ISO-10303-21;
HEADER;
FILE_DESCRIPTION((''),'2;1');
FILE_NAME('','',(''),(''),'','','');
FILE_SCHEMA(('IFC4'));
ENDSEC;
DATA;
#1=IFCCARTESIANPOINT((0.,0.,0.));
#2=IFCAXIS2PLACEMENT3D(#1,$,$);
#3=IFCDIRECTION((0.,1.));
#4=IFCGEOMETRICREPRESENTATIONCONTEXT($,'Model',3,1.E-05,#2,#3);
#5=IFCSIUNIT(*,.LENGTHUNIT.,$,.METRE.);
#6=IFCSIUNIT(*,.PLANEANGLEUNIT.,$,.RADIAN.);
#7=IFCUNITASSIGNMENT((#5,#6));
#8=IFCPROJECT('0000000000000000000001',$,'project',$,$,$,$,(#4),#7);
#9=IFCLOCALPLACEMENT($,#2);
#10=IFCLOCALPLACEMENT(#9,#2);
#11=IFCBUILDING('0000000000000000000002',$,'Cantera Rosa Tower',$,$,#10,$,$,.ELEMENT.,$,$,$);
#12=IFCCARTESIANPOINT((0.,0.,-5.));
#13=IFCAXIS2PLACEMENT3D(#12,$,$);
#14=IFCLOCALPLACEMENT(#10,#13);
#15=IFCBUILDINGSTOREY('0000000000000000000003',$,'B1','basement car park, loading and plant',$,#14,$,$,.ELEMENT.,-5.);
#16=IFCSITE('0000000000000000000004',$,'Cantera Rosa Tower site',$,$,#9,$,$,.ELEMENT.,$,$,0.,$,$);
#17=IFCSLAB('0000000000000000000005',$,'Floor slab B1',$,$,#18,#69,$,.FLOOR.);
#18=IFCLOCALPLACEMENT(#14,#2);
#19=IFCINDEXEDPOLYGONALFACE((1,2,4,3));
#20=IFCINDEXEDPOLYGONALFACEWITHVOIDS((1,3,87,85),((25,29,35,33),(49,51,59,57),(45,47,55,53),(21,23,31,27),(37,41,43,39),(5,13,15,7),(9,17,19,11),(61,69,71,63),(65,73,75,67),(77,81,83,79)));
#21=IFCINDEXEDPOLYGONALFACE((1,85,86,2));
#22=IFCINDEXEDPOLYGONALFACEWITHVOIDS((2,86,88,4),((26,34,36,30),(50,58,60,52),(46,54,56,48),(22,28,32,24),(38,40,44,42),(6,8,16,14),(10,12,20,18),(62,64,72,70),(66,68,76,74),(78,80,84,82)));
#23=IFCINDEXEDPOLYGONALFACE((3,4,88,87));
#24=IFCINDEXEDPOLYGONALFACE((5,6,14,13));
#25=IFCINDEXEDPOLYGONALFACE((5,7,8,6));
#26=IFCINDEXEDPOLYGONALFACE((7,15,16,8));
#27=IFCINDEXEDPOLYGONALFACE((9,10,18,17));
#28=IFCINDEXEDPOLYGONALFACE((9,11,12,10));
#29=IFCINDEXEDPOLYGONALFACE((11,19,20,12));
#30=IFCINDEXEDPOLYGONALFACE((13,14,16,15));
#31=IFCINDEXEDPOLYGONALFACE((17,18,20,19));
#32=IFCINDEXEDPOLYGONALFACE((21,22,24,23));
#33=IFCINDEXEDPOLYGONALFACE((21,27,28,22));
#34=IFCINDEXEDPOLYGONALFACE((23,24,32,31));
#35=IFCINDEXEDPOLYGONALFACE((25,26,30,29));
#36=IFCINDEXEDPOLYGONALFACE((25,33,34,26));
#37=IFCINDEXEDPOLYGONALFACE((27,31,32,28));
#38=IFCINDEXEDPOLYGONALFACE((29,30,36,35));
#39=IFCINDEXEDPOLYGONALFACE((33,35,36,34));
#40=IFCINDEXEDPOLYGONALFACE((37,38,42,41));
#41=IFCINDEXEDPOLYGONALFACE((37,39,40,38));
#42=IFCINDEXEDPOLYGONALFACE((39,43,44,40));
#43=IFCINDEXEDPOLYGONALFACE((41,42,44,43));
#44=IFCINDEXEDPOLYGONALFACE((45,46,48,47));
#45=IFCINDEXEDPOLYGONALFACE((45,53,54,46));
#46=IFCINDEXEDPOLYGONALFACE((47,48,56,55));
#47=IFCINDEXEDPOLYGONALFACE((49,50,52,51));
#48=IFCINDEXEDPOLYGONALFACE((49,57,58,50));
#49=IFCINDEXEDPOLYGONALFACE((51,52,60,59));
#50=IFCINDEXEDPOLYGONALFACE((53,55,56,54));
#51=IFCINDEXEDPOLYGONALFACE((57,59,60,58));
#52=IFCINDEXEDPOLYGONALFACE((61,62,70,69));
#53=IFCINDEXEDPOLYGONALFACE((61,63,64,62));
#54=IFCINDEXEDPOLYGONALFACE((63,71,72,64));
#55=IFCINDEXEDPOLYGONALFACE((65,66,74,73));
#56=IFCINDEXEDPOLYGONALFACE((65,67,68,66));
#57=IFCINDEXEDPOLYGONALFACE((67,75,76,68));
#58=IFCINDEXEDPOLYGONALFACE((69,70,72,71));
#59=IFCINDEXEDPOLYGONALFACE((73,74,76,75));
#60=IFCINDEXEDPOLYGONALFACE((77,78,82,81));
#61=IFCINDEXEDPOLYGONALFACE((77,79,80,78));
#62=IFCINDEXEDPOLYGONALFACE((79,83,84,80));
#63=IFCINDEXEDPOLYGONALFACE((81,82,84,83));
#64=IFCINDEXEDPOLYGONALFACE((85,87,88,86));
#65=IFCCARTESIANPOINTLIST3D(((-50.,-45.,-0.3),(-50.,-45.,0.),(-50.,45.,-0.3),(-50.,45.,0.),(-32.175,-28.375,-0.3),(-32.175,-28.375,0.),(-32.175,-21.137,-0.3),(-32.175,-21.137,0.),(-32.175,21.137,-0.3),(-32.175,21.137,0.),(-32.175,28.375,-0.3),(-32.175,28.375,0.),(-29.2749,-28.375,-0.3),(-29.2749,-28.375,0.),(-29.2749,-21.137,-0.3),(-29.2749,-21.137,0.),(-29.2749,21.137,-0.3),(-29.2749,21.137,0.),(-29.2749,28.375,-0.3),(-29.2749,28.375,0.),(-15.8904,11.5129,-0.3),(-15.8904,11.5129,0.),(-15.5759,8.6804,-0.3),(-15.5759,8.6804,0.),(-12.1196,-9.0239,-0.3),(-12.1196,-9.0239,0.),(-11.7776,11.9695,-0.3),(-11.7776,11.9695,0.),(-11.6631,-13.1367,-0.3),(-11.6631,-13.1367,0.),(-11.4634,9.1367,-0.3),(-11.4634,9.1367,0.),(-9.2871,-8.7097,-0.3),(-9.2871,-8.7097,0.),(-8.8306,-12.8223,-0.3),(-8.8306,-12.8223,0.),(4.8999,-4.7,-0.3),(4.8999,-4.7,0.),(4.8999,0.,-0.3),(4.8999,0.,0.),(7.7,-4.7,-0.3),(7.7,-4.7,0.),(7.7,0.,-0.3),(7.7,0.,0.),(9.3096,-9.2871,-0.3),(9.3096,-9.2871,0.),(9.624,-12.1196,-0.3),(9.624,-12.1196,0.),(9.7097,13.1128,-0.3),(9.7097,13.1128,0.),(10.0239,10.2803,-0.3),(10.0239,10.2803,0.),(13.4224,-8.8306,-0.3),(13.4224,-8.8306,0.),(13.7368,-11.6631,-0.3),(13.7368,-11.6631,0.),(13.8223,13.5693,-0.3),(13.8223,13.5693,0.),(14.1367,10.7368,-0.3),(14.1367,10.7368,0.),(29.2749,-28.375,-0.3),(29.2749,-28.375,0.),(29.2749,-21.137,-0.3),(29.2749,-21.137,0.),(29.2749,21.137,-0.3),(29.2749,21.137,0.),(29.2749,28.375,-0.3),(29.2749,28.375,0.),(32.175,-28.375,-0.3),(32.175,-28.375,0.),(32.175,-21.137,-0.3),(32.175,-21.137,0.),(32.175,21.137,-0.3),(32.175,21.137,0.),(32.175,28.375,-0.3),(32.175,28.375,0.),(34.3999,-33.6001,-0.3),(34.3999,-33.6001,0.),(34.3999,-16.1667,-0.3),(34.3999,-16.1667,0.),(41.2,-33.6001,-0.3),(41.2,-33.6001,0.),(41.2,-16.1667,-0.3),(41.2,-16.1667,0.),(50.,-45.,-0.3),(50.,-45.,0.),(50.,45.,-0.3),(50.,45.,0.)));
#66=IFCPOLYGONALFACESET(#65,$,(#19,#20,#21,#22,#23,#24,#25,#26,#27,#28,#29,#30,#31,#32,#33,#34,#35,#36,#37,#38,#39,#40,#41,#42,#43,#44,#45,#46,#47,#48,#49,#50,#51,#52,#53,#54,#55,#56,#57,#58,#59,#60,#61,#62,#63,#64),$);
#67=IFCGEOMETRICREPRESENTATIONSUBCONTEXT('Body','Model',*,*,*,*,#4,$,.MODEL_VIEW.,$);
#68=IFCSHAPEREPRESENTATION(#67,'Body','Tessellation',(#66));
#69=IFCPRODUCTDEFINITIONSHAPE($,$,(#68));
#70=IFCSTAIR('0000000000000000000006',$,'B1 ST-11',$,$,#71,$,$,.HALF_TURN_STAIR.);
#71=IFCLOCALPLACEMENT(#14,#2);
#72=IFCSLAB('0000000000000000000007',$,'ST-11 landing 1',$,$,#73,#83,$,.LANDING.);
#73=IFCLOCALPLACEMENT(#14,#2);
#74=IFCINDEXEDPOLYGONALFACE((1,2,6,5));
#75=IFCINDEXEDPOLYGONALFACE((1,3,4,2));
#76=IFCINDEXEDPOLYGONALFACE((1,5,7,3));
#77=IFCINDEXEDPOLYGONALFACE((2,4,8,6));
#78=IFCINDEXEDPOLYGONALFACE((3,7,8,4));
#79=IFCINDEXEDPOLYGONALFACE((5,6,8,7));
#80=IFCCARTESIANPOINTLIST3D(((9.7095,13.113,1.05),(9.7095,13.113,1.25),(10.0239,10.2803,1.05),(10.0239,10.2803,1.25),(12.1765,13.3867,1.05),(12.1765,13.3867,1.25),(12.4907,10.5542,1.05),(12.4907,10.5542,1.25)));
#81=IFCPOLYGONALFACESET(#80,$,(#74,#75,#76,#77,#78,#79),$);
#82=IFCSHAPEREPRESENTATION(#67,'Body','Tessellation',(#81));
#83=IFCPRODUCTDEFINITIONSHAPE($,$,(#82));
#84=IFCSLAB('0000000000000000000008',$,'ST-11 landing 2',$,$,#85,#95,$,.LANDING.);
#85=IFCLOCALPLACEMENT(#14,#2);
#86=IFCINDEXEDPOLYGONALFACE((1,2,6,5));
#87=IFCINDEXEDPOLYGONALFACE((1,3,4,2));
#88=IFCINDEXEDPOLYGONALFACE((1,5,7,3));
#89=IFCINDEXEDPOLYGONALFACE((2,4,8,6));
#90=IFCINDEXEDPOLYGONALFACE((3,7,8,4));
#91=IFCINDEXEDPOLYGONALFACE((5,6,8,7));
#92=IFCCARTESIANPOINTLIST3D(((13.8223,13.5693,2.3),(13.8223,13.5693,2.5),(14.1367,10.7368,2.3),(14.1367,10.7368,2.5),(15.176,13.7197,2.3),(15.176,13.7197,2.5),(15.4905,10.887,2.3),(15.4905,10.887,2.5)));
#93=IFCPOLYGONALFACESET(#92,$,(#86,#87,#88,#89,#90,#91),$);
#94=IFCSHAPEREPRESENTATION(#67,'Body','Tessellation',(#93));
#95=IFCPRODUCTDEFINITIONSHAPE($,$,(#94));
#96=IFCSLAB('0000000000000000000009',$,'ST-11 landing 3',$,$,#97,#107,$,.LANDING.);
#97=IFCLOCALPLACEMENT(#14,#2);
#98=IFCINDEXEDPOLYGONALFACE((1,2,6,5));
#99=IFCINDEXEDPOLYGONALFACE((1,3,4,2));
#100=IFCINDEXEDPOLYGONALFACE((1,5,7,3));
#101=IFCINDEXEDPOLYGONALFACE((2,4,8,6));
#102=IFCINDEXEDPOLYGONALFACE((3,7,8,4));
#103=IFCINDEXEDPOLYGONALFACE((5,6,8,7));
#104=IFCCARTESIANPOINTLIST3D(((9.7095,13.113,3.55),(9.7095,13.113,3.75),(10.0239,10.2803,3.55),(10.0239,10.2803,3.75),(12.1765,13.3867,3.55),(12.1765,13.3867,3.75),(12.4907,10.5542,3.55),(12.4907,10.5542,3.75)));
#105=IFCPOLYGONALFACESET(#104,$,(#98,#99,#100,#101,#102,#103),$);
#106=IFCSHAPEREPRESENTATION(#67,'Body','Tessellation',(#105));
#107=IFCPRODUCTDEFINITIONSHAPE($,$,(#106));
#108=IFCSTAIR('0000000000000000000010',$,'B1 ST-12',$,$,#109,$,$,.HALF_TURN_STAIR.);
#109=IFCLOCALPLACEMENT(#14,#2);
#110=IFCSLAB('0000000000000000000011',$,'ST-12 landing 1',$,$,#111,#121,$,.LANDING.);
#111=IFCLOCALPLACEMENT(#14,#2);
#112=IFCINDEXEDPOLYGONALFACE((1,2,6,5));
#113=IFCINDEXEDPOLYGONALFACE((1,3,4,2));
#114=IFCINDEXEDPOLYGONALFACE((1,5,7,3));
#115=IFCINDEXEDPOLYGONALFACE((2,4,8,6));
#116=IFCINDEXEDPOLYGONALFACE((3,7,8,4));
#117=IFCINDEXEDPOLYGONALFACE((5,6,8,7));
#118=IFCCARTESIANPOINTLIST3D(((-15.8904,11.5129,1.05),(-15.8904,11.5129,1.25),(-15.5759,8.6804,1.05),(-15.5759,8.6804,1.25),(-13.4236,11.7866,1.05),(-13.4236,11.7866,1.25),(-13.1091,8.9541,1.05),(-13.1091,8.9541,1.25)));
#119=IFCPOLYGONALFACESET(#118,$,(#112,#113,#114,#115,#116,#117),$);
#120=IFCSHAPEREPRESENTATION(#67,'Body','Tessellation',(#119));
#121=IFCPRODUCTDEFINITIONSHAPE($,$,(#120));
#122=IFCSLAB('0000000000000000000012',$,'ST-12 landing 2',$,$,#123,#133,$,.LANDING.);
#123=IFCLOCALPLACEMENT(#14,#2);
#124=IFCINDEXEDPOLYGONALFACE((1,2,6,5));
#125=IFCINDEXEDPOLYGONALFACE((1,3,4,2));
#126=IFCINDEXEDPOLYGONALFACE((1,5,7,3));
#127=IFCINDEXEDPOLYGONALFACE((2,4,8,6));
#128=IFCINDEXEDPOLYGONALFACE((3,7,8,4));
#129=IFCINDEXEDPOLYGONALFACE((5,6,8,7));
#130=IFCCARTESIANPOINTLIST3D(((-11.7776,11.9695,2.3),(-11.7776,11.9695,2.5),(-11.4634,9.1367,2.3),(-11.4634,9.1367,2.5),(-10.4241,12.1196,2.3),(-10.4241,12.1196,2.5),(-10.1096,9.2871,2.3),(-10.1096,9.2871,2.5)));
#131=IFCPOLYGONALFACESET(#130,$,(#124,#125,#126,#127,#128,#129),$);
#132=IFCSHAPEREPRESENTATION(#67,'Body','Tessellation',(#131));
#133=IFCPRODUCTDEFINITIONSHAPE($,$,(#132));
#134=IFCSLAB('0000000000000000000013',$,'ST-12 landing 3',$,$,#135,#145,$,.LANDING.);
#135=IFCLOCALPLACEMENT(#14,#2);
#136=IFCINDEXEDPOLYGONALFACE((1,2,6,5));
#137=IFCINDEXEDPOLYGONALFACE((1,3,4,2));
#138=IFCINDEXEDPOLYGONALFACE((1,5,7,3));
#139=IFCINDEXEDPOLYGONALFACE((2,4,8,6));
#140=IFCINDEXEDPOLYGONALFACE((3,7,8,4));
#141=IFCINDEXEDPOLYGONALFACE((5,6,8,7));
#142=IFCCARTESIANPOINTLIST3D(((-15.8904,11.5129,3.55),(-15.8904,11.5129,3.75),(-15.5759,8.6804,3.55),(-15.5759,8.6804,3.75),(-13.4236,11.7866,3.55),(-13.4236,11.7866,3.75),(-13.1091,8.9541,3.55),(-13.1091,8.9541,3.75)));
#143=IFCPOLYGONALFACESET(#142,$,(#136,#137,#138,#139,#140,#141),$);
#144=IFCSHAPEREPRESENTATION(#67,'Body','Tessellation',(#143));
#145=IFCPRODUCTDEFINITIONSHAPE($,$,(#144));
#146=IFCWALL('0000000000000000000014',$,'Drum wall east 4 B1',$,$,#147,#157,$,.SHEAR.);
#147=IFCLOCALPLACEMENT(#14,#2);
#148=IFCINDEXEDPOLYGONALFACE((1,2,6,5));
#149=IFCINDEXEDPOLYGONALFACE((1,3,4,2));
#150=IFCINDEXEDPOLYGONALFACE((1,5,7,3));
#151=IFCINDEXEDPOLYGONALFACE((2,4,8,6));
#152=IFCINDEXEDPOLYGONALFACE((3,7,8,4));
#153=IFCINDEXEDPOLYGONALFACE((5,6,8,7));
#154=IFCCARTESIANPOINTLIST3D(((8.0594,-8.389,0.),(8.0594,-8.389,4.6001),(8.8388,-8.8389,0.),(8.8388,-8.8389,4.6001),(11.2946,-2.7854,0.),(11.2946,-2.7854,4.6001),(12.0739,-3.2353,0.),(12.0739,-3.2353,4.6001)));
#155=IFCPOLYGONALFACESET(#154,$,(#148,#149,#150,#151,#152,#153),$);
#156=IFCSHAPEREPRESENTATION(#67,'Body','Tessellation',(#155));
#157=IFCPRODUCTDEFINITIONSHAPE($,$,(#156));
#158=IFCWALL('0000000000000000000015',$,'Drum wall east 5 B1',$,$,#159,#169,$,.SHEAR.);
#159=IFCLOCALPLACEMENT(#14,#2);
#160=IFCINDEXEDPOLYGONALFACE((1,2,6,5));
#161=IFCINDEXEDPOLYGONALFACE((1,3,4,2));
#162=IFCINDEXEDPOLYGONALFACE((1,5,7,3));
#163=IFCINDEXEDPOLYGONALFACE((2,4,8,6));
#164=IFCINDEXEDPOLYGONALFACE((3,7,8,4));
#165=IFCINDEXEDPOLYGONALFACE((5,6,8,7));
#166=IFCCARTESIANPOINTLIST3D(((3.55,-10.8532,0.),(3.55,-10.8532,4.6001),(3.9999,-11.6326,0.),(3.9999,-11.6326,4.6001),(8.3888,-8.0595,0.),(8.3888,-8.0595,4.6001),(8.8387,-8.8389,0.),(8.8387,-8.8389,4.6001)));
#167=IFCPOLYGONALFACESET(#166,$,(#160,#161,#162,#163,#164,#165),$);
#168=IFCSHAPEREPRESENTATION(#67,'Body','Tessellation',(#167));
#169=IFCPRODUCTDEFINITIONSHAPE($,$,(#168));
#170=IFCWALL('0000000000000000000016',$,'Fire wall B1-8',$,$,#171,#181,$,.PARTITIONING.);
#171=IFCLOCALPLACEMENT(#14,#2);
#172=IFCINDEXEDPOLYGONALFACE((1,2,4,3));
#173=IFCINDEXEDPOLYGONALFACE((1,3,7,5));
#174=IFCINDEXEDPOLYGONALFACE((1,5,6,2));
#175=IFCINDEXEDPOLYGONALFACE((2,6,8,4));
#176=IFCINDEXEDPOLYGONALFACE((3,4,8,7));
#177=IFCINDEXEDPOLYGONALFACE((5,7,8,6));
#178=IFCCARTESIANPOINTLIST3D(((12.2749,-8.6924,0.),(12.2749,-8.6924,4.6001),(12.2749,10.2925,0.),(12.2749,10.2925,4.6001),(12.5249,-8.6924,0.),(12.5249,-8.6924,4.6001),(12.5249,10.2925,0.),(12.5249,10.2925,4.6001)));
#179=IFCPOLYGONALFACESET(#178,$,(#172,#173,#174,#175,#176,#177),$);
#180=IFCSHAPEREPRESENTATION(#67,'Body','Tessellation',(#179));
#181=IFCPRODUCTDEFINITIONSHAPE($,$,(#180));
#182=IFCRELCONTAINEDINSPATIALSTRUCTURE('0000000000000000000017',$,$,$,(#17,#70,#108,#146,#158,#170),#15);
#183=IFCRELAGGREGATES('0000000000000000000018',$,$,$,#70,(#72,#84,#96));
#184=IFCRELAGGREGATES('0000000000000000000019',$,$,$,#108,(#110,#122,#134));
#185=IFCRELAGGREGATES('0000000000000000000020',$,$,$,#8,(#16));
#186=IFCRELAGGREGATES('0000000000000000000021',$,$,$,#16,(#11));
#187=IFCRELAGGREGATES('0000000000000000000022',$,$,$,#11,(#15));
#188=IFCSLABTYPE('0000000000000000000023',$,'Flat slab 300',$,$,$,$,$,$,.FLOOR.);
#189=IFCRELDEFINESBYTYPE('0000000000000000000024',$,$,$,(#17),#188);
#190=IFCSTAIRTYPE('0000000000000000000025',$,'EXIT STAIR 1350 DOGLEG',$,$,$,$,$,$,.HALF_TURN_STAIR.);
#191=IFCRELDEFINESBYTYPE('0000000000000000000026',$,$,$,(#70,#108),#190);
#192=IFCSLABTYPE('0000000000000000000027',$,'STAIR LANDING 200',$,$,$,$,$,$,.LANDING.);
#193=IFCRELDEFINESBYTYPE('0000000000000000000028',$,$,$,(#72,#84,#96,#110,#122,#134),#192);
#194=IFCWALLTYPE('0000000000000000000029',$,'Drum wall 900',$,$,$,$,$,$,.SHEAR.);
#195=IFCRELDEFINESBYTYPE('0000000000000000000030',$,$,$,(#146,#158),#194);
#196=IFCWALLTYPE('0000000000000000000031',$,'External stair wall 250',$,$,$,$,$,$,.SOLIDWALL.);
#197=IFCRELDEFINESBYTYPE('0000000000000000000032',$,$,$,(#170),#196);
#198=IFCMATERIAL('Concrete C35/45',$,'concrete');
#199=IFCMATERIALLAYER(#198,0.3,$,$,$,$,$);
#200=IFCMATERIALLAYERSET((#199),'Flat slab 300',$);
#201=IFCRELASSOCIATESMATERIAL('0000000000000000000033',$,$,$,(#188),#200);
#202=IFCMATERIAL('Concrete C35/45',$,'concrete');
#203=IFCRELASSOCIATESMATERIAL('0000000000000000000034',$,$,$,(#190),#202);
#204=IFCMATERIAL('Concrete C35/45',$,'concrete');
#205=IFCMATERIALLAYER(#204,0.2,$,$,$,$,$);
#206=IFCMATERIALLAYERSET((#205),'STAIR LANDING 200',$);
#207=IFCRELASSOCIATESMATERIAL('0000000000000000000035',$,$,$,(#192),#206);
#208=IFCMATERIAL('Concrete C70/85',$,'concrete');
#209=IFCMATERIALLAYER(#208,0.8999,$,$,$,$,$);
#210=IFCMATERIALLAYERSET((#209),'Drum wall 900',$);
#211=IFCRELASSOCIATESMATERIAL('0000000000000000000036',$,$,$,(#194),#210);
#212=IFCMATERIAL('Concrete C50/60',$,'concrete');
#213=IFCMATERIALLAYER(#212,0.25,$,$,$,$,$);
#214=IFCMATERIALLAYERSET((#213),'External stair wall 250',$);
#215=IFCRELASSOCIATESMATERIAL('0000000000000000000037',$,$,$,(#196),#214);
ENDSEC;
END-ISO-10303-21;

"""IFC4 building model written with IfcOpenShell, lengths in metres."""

from ifc_helpers import new_model, si_unit, direction, frame, frame_2d, origin, place, context, subcontext, project, spatial, polyline, rectangle, outline, extrude, material, layer, layer_set, type_object, element, aggregate, save


model = new_model("IFC4")

# Units and contexts
model_context = context("Model", 3, precision=1e-05, world=origin(), true_north=direction((0.0, 1.0)))
body_context = subcontext(model_context, "Body", "Model", "MODEL_VIEW")
ifc_project = project(units=[si_unit("LENGTHUNIT", "METRE"), si_unit("PLANEANGLEUNIT", "RADIAN")], contexts=[model_context])

# Site, building, storey
site_placement = place(None, origin())
site = spatial("IfcSite", under=ifc_project, at=site_placement, Name="Cantera Rosa Tower site", CompositionType="ELEMENT", RefElevation=0.0)
building_placement = place(site_placement, origin())
building = spatial("IfcBuilding", under=site, at=building_placement, Name="Cantera Rosa Tower", CompositionType="ELEMENT")
storey_placement = place(building_placement, frame((0.0, 0.0, -5.0)))
storey = spatial("IfcBuildingStorey", under=building, at=storey_placement, Name="B1", Description="basement car park, loading and plant", CompositionType="ELEMENT", Elevation=-5.0)

# Slab
ifc_material_1 = material(Name="Concrete C35/45", Category="concrete")
ifc_layer_1 = layer(ifc_material_1, 0.3)
ifc_layer_set_1 = layer_set([ifc_layer_1], Name="Flat slab 300")
slab_type_1 = type_object("IfcSlabType", Name="Flat slab 300", PredefinedType="FLOOR", material=ifc_layer_set_1)
slab_1_placement = place(storey_placement, frame((0.0, 0.0, -0.3)))
element("IfcSlab", 1, at=slab_1_placement, inside=storey, type_object=slab_type_1, Name="Floor slab B1", PredefinedType="FLOOR", context=body_context, shape_type="SweptSolid", body=[
    extrude(outline(polyline([(-50.0, -45.0), (50.0, -45.0), (50.0, 45.0), (-50.0, 45.0), (-50.0, -45.0)]), holes=[polyline([(41.2, -16.1667), (34.3999, -16.1667), (34.3999, -33.6001), (41.2, -33.6001), (41.2, -16.1667)]), polyline([(29.2749, -28.375), (32.175, -28.375), (32.175, -21.137), (29.2749, -21.137), (29.2749, -28.375)]), polyline([(32.175, 28.375), (29.2749, 28.375), (29.2749, 21.137), (32.175, 21.137), (32.175, 28.375)]), polyline([(9.7097, 13.1128), (10.0239, 10.2803), (14.1367, 10.7368), (13.8223, 13.5693), (9.7097, 13.1128)]), polyline([(9.624, -12.1196), (13.7368, -11.6631), (13.4224, -8.8306), (9.3096, -9.2871), (9.624, -12.1196)]), polyline([(4.8999, -4.7), (7.7, -4.7), (7.7, 0.0), (4.8999, 0.0), (4.8999, -4.7)]), polyline([(-12.1196, -9.0239), (-11.6631, -13.1367), (-8.8306, -12.8223), (-9.2871, -8.7097), (-12.1196, -9.0239)]), polyline([(-15.8904, 11.5129), (-15.5759, 8.6804), (-11.4634, 9.1367), (-11.7776, 11.9695), (-15.8904, 11.5129)]), polyline([(-29.2749, -28.375), (-29.2749, -21.137), (-32.175, -21.137), (-32.175, -28.375), (-29.2749, -28.375)]), polyline([(-32.175, 28.375), (-32.175, 21.137), (-29.2749, 21.137), (-29.2749, 28.375), (-32.175, 28.375)])]), origin(), (0.0, 0.0, 1.0), 0.3),
])

# Stairs, slabs
ifc_material_2 = material(Name="Concrete C35/45", Category="concrete")
stair_type = type_object("IfcStairType", Name="EXIT STAIR 1350 DOGLEG", PredefinedType="HALF_TURN_STAIR", material=ifc_material_2)
stair_1_placement = place(storey_placement, origin())
stair_1 = element("IfcStair", 2, at=stair_1_placement, inside=storey, type_object=stair_type, Name="B1 ST-11", PredefinedType="HALF_TURN_STAIR")
ifc_material_3 = material(Name="Concrete C35/45", Category="concrete")
ifc_layer_2 = layer(ifc_material_3, 0.2)
ifc_layer_set_2 = layer_set([ifc_layer_2], Name="STAIR LANDING 200")
slab_type_2 = type_object("IfcSlabType", Name="STAIR LANDING 200", PredefinedType="LANDING", material=ifc_layer_set_2)
slab_2_placement = place(storey_placement, frame((0.0, 0.0, 1.05)))
slab_2 = element("IfcSlab", 3, at=slab_2_placement, type_object=slab_type_2, Name="ST-11 landing 1", PredefinedType="LANDING", context=body_context, shape_type="SweptSolid", body=[
    extrude(outline(polyline([(12.1765, 13.3867), (9.7095, 13.113), (10.0239, 10.2803), (12.4907, 10.5542), (12.1765, 13.3867)])), origin(), (0.0, 0.0, 1.0), 0.2),
])
slab_3_placement = place(storey_placement, frame((0.0, 0.0, 2.3)))
slab_3 = element("IfcSlab", 4, at=slab_3_placement, type_object=slab_type_2, Name="ST-11 landing 2", PredefinedType="LANDING", context=body_context, shape_type="SweptSolid", body=[
    extrude(outline(polyline([(15.176, 13.7197), (13.8223, 13.5693), (14.1367, 10.7368), (15.4905, 10.887), (15.176, 13.7197)])), origin(), (0.0, 0.0, 1.0), 0.2),
])
slab_4_placement = place(storey_placement, frame((0.0, 0.0, 3.55)))
slab_4 = element("IfcSlab", 5, at=slab_4_placement, type_object=slab_type_2, Name="ST-11 landing 3", PredefinedType="LANDING", context=body_context, shape_type="SweptSolid", body=[
    extrude(outline(polyline([(12.1765, 13.3867), (9.7095, 13.113), (10.0239, 10.2803), (12.4907, 10.5542), (12.1765, 13.3867)])), origin(), (0.0, 0.0, 1.0), 0.2),
])
aggregate(stair_1, [slab_2, slab_3, slab_4])
stair_2_placement = place(storey_placement, origin())
stair_2 = element("IfcStair", 6, at=stair_2_placement, inside=storey, type_object=stair_type, Name="B1 ST-12", PredefinedType="HALF_TURN_STAIR")
slab_5_placement = place(storey_placement, frame((0.0, 0.0, 1.05)))
slab_5 = element("IfcSlab", 7, at=slab_5_placement, type_object=slab_type_2, Name="ST-12 landing 1", PredefinedType="LANDING", context=body_context, shape_type="SweptSolid", body=[
    extrude(outline(polyline([(-13.4236, 11.7866), (-15.8904, 11.5129), (-15.5759, 8.6804), (-13.1091, 8.9541), (-13.4236, 11.7866)])), origin(), (0.0, 0.0, 1.0), 0.2),
])
slab_6_placement = place(storey_placement, frame((0.0, 0.0, 2.3)))
slab_6 = element("IfcSlab", 8, at=slab_6_placement, type_object=slab_type_2, Name="ST-12 landing 2", PredefinedType="LANDING", context=body_context, shape_type="SweptSolid", body=[
    extrude(outline(polyline([(-10.4241, 12.1196), (-11.7776, 11.9695), (-11.4634, 9.1367), (-10.1096, 9.2871), (-10.4241, 12.1196)])), origin(), (0.0, 0.0, 1.0), 0.2),
])
slab_7_placement = place(storey_placement, frame((0.0, 0.0, 3.55)))
slab_7 = element("IfcSlab", 9, at=slab_7_placement, type_object=slab_type_2, Name="ST-12 landing 3", PredefinedType="LANDING", context=body_context, shape_type="SweptSolid", body=[
    extrude(outline(polyline([(-13.4236, 11.7866), (-15.8904, 11.5129), (-15.5759, 8.6804), (-13.1091, 8.9541), (-13.4236, 11.7866)])), origin(), (0.0, 0.0, 1.0), 0.2),
])
aggregate(stair_2, [slab_5, slab_6, slab_7])

# Walls
ifc_material_4 = material(Name="Concrete C70/85", Category="concrete")
ifc_layer_3 = layer(ifc_material_4, 0.8999)
ifc_layer_set_3 = layer_set([ifc_layer_3], Name="Drum wall 900")
wall_type_1 = type_object("IfcWallType", Name="Drum wall 900", PredefinedType="SHEAR", material=ifc_layer_set_3)
wall_1_placement = place(storey_placement, frame((11.6843, -3.0103, 0.0), z_axis=(0.0, 0.0, 1.0), x_axis=(-0.49999, -0.866031, 0.0)))
element("IfcWall", 10, at=wall_1_placement, inside=storey, type_object=wall_type_1, Name="Drum wall east 4 B1", PredefinedType="SHEAR", context=body_context, shape_type="SweptSolid", body=[
    extrude(rectangle(XDim=6.4705, YDim=0.8999, at=frame_2d((3.2354, 0.0))), origin(), (0.0, 0.0, 1.0), 4.6001),
])
wall_2_placement = place(storey_placement, frame((8.6138, -8.4492, 0.0), z_axis=(0.0, 0.0, 1.0), x_axis=(-0.866027, -0.499997, 0.0)))
element("IfcWall", 11, at=wall_2_placement, inside=storey, type_object=wall_type_1, Name="Drum wall east 5 B1", PredefinedType="SHEAR", context=body_context, shape_type="SweptSolid", body=[
    extrude(rectangle(XDim=5.5874, YDim=0.8999, at=frame_2d((2.7937, 0.0))), origin(), (0.0, 0.0, 1.0), 4.6001),
])
ifc_material_5 = material(Name="Concrete C50/60", Category="concrete")
ifc_layer_4 = layer(ifc_material_5, 0.25)
ifc_layer_set_4 = layer_set([ifc_layer_4], Name="External stair wall 250")
wall_type_2 = type_object("IfcWallType", Name="External stair wall 250", PredefinedType="SOLIDWALL", material=ifc_layer_set_4)
wall_3_placement = place(storey_placement, frame((12.3999, -8.6924, 0.0), z_axis=(0.0, 0.0, 1.0), x_axis=(0.0, 1.0, 0.0)))
element("IfcWall", 12, at=wall_3_placement, inside=storey, type_object=wall_type_2, Name="Fire wall B1-8", PredefinedType="PARTITIONING", context=body_context, shape_type="SweptSolid", body=[
    extrude(rectangle(XDim=18.9849, YDim=0.25, at=frame_2d((9.4924, 0.0))), origin(), (0.0, 0.0, 1.0), 4.6001),
])

save(model, "model.ifc")
